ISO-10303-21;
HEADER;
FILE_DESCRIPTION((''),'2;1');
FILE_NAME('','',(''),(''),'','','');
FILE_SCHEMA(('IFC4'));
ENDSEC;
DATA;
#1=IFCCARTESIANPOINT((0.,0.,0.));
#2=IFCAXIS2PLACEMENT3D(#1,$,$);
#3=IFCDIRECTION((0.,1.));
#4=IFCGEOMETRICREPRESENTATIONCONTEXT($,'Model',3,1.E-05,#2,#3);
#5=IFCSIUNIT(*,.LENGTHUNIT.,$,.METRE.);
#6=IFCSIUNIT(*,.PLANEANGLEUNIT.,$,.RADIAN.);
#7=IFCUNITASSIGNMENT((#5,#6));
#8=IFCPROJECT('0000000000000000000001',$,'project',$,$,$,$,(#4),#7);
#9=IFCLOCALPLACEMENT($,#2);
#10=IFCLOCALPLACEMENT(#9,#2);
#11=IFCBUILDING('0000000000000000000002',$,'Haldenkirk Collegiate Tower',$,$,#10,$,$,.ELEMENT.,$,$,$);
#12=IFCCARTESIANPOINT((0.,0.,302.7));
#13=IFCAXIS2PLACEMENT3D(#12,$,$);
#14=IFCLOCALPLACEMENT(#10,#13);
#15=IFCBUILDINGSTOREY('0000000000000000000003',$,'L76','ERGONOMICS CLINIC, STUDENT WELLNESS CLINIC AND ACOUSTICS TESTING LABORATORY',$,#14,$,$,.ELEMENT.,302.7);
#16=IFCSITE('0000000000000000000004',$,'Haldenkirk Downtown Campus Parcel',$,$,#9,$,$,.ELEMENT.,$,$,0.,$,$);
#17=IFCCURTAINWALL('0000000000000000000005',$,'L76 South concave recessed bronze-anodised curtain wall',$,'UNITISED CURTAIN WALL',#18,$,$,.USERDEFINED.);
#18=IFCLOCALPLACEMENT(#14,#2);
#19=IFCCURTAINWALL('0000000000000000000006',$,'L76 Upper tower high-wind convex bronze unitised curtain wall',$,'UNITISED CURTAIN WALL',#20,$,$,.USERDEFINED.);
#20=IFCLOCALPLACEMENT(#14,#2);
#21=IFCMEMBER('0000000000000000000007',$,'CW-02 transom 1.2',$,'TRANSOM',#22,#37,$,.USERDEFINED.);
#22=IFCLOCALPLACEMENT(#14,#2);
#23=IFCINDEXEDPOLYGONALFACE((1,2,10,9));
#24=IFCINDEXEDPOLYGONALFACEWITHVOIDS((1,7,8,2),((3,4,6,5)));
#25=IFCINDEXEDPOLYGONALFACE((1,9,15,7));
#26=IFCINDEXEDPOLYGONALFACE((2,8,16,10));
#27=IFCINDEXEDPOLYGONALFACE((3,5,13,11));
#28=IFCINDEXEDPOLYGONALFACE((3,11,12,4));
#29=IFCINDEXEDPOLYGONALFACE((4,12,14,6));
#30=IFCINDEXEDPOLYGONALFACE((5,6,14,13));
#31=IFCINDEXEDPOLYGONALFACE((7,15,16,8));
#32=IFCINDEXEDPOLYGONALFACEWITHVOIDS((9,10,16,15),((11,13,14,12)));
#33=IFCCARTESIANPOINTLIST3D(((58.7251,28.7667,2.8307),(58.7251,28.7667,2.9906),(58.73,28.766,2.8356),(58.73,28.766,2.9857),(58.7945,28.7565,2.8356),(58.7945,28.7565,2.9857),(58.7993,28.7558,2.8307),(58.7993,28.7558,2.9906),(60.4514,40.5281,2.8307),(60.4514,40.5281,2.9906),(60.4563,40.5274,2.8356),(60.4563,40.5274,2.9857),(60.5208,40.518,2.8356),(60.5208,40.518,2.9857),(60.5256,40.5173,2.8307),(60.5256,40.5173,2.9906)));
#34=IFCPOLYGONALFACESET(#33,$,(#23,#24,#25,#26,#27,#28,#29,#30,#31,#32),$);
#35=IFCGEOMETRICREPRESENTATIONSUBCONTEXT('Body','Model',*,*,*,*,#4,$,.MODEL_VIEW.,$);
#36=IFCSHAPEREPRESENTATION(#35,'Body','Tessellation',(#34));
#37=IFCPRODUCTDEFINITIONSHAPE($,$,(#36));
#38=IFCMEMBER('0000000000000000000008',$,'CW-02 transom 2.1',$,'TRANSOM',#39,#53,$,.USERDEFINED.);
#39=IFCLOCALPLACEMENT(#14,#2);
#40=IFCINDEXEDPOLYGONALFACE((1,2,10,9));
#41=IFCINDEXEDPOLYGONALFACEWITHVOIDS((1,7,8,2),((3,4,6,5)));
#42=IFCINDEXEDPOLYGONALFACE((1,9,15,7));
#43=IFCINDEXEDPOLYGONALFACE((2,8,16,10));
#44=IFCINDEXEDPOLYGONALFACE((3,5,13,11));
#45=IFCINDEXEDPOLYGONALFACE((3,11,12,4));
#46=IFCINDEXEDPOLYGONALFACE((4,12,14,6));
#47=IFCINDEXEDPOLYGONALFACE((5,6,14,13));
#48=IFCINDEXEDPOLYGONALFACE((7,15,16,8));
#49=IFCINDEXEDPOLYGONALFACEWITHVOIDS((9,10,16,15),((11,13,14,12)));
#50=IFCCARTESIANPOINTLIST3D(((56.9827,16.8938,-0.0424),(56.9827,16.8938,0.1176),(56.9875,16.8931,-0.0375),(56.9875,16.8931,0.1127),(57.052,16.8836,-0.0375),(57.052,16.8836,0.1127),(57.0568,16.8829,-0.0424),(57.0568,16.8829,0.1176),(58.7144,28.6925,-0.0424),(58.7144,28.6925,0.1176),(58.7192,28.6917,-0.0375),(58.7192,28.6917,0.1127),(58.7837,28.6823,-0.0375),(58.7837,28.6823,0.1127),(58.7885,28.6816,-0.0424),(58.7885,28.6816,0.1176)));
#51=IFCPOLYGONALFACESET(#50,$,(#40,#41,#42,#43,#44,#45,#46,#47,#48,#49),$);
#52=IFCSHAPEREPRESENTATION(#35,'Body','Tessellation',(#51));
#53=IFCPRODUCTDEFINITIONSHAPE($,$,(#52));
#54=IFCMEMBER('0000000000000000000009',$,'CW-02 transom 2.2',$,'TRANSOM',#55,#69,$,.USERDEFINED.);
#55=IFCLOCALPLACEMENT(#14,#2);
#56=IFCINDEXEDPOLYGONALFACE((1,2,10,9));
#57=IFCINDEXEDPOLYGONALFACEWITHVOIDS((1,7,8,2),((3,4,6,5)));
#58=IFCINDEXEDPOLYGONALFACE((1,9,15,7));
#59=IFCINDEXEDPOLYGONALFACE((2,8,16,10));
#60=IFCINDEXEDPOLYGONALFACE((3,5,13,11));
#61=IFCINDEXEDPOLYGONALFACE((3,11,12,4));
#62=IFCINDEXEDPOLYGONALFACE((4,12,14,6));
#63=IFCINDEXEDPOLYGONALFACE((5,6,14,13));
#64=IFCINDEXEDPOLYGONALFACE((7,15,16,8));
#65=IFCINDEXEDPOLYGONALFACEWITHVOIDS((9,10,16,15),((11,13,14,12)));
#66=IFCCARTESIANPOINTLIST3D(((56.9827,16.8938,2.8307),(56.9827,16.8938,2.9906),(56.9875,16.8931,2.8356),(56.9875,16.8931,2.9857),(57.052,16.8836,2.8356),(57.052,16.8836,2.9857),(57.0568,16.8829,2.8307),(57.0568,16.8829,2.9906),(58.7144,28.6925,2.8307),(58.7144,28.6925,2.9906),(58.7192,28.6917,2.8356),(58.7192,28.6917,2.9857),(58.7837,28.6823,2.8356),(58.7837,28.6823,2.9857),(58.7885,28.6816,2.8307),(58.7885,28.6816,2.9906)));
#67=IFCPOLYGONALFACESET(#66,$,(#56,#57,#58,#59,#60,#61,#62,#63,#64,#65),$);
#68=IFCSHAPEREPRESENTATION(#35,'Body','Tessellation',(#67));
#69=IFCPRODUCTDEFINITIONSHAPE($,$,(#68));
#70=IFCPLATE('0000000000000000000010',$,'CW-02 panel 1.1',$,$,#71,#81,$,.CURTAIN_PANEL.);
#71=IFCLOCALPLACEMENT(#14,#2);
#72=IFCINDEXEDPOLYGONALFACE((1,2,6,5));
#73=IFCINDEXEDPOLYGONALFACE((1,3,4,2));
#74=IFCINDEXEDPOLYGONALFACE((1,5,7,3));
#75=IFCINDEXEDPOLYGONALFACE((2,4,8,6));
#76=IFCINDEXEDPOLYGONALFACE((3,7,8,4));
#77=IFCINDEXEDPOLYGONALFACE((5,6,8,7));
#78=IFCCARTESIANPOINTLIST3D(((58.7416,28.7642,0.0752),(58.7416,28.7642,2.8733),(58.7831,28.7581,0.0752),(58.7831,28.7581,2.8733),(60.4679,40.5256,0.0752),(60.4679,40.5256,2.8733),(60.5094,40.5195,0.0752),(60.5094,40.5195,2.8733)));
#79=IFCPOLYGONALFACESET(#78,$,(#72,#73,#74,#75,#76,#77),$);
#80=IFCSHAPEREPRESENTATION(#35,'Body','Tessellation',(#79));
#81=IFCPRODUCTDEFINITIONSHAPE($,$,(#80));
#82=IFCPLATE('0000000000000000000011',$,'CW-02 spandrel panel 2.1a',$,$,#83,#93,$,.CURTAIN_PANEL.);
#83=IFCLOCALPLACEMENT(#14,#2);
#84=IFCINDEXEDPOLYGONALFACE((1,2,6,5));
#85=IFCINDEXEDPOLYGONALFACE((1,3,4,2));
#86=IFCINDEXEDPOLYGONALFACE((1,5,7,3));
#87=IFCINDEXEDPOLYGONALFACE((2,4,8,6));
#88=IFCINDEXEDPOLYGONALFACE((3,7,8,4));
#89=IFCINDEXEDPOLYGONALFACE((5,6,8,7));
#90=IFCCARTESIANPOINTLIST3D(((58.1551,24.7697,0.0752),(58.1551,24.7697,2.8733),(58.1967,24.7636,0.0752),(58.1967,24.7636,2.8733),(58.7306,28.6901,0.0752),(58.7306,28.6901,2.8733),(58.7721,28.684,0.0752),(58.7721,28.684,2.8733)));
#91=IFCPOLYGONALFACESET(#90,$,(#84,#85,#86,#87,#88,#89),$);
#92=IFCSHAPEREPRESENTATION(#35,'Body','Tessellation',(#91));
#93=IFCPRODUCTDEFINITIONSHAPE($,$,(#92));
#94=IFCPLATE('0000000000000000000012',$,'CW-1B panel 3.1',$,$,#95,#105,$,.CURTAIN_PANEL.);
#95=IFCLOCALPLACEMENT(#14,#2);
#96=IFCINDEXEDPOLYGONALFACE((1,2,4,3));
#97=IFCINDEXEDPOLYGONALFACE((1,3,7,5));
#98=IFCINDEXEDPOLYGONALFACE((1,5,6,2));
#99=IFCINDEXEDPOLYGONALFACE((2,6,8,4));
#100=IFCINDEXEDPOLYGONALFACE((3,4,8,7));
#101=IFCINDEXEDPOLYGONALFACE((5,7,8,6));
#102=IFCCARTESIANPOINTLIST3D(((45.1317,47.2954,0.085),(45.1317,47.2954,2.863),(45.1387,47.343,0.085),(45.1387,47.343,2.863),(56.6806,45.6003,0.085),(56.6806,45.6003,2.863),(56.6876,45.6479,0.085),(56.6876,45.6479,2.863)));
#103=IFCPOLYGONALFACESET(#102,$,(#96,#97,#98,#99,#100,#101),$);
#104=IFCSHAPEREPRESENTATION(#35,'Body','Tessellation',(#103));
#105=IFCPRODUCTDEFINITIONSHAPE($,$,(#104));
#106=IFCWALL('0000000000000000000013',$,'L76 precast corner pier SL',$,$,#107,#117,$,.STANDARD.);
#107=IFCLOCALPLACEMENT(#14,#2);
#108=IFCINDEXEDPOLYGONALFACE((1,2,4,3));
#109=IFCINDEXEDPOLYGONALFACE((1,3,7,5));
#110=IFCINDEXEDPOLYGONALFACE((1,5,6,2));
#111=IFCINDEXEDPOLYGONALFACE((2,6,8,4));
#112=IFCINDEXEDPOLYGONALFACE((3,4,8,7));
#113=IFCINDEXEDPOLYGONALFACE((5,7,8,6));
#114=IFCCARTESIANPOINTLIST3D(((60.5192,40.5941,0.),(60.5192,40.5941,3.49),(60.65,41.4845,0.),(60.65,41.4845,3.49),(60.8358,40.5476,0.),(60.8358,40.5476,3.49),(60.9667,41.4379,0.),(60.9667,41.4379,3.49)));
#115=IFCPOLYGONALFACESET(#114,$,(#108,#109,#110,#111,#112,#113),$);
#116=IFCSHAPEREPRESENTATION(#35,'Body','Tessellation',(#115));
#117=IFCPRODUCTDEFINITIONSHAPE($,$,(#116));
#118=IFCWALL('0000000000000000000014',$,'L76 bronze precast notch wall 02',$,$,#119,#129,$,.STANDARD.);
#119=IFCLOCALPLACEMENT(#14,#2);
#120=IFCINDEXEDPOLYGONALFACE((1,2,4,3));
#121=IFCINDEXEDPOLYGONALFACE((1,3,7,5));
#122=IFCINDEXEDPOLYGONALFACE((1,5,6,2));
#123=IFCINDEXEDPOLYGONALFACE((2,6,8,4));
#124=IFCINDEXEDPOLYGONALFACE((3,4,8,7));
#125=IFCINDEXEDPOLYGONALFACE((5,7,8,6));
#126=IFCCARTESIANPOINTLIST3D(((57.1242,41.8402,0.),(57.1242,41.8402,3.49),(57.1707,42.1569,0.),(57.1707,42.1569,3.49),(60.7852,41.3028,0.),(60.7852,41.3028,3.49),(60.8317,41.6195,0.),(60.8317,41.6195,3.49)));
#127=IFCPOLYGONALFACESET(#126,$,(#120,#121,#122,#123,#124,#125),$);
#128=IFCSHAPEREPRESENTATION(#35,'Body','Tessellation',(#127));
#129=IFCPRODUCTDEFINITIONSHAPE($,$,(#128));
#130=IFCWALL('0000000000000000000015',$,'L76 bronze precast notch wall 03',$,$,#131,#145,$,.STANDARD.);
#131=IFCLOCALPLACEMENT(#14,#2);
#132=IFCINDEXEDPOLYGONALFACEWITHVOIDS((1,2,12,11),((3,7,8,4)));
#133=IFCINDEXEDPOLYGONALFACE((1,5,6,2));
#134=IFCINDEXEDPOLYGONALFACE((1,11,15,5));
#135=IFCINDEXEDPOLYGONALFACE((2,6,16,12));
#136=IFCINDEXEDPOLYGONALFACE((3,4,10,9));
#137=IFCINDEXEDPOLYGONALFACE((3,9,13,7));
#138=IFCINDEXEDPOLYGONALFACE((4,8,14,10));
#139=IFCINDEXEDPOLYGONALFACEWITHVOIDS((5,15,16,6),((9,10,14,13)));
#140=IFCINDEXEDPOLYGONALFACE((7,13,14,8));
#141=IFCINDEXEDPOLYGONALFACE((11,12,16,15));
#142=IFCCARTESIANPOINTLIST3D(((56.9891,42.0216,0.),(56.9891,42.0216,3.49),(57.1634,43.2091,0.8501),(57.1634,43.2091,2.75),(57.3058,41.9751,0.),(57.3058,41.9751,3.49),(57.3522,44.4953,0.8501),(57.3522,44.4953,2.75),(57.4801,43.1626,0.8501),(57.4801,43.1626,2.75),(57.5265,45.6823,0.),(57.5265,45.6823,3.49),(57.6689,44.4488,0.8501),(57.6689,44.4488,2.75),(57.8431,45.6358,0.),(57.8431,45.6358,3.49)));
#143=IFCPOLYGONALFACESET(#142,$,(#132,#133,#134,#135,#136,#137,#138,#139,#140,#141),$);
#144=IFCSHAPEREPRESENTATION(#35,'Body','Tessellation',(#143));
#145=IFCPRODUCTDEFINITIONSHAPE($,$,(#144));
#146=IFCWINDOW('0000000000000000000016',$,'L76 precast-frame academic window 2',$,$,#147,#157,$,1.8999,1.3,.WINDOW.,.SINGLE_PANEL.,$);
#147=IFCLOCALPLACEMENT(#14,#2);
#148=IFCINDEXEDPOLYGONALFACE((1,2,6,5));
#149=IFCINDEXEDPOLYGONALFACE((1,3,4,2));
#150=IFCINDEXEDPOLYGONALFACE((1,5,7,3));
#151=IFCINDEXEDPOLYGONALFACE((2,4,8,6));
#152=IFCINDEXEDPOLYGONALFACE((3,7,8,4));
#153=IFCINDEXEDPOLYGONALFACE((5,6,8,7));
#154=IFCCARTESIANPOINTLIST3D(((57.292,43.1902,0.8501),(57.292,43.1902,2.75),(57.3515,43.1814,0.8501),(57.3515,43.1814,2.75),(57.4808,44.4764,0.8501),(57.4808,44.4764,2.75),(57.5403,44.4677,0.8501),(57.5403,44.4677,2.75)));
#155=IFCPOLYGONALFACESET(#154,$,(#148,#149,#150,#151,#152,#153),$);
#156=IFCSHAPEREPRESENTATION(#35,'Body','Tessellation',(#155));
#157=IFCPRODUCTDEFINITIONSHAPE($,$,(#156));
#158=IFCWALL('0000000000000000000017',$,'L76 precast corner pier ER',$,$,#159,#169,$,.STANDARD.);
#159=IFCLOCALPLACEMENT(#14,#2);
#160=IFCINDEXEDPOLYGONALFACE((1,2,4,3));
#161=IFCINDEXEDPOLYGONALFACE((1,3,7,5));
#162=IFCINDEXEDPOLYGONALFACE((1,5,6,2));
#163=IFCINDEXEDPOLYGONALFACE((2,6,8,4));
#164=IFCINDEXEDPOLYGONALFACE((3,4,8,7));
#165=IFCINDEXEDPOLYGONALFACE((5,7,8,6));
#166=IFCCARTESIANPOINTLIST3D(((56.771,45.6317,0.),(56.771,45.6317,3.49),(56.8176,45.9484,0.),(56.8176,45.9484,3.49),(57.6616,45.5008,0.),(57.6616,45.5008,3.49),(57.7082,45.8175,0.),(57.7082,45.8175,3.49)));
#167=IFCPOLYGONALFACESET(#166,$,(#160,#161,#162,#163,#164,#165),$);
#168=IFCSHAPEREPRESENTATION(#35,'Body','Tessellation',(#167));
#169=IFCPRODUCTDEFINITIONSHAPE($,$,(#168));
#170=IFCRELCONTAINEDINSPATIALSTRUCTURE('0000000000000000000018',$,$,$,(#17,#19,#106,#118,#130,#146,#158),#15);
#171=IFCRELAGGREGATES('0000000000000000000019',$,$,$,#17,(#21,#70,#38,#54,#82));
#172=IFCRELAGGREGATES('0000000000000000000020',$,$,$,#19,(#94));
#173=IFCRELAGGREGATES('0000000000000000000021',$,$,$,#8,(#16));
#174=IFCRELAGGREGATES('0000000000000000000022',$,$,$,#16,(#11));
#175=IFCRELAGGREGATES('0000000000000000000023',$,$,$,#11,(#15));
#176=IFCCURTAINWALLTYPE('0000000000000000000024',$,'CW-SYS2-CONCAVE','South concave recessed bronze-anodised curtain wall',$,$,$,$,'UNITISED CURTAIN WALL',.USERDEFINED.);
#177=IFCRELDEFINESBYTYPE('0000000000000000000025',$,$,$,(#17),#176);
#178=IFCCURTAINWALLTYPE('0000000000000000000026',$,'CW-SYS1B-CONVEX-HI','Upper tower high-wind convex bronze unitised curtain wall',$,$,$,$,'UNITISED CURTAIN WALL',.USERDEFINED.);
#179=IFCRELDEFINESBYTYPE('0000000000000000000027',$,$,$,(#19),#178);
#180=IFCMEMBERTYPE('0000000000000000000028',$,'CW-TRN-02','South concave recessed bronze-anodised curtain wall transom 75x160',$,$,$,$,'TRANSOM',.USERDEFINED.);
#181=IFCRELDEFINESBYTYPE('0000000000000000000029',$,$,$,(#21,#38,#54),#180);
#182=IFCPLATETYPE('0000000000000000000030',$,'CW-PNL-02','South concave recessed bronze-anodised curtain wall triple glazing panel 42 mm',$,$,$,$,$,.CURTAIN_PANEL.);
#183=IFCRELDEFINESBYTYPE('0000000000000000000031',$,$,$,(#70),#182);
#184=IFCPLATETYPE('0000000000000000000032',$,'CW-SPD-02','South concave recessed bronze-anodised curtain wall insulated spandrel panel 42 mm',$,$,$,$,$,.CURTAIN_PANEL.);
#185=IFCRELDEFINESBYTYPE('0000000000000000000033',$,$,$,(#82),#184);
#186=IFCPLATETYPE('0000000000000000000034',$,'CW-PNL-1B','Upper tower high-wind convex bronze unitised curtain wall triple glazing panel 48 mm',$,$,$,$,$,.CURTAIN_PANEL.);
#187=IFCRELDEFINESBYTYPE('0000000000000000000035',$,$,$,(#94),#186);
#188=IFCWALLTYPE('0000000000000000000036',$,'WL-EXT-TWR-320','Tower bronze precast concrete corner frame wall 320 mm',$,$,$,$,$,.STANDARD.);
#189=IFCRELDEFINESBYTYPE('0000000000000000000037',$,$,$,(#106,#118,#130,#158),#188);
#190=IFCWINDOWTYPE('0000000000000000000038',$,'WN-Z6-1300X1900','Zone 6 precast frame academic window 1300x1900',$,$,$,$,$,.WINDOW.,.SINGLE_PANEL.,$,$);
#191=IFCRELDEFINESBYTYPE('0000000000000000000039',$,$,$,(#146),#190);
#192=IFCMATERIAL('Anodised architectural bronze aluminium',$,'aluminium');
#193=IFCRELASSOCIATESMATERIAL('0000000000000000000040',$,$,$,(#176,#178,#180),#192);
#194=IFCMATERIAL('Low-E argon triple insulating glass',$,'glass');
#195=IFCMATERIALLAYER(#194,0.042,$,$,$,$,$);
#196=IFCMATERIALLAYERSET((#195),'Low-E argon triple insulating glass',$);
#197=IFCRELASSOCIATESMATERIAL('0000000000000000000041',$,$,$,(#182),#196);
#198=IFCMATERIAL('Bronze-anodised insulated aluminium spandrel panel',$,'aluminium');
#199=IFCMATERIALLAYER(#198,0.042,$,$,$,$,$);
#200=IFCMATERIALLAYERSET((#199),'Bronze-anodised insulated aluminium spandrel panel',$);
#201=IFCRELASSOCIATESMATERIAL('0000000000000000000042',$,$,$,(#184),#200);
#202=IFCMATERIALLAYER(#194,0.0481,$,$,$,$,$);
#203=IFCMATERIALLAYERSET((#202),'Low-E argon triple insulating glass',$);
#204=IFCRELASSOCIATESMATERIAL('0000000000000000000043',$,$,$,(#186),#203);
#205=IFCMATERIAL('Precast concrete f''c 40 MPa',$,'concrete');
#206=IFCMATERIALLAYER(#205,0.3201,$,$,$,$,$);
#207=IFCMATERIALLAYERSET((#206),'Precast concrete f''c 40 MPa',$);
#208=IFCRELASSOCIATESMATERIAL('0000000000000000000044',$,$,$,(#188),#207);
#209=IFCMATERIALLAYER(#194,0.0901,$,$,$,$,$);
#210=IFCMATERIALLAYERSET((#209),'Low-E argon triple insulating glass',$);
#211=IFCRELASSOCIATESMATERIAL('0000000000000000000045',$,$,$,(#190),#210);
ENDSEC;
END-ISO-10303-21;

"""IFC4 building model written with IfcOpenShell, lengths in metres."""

from ifc_helpers import new_model, si_unit, direction, frame, frame_2d, origin, origin_2d, place, context, subcontext, project, spatial, rectangle, hollow_rectangle, extrude, source, transform, mapped, material, layer, layer_set, material_profile, profile_set, type_object, element, fill, aggregate, save


model = new_model("IFC4")

# Units and contexts
model_context = context("Model", 3, precision=1e-05, world=origin(), true_north=direction((0.0, 1.0)))
body_context = subcontext(model_context, "Body", "Model", "MODEL_VIEW")
ifc_project = project(units=[si_unit("LENGTHUNIT", "METRE"), si_unit("PLANEANGLEUNIT", "RADIAN")], contexts=[model_context])

# Site, building, storey
site_placement = place(None, origin())
site = spatial("IfcSite", under=ifc_project, at=site_placement, Name="Haldenkirk Downtown Campus Parcel", CompositionType="ELEMENT", RefElevation=0.0)
building_placement = place(site_placement, origin())
building = spatial("IfcBuilding", under=site, at=building_placement, Name="Haldenkirk Collegiate Tower", CompositionType="ELEMENT")
storey_placement = place(building_placement, frame((0.0, 0.0, 302.7)))
storey = spatial("IfcBuildingStorey", under=building, at=storey_placement, Name="L76", Description="ERGONOMICS CLINIC, STUDENT WELLNESS CLINIC AND ACOUSTICS TESTING LABORATORY", CompositionType="ELEMENT", Elevation=302.7)

# Curtain wall
ifc_material_1 = material(Name="Anodised architectural bronze aluminium", Category="aluminium")
curtain_wall_type_1 = type_object("IfcCurtainWallType", Name="CW-SYS2-CONCAVE", Description="South concave recessed bronze-anodised curtain wall", ElementType="UNITISED CURTAIN WALL", PredefinedType="USERDEFINED", material=ifc_material_1)
curtain_wall_1_placement = place(storey_placement, origin())
curtain_wall_1 = element("IfcCurtainWall", 1, at=curtain_wall_1_placement, inside=storey, type_object=curtain_wall_type_1, Name="L76 South concave recessed bronze-anodised curtain wall", ObjectType="UNITISED CURTAIN WALL", PredefinedType="USERDEFINED")

# Curtain wall
curtain_wall_type_2 = type_object("IfcCurtainWallType", Name="CW-SYS1B-CONVEX-HI", Description="Upper tower high-wind convex bronze unitised curtain wall", ElementType="UNITISED CURTAIN WALL", PredefinedType="USERDEFINED", material=ifc_material_1)
curtain_wall_2_placement = place(storey_placement, origin())
curtain_wall_2 = element("IfcCurtainWall", 2, at=curtain_wall_2_placement, inside=storey, type_object=curtain_wall_type_2, Name="L76 Upper tower high-wind convex bronze unitised curtain wall", ObjectType="UNITISED CURTAIN WALL", PredefinedType="USERDEFINED")

# Members
ifc_material_profile_1 = material_profile(ifc_material_1, hollow_rectangle(XDim=0.075, YDim=0.1599, WallThickness=0.0049, at=origin_2d()), Name="CW-TRN-02")
ifc_profile_set_1 = profile_set([ifc_material_profile_1], Name="Anodised architectural bronze aluminium")
member_type_1 = type_object("IfcMemberType", Name="CW-TRN-02", Description="South concave recessed bronze-anodised curtain wall transom 75x160", ElementType="TRANSOM", PredefinedType="USERDEFINED", material=ifc_profile_set_1)
member_1_placement = place(storey_placement, frame((60.4885, 40.5227, 2.9106), z_axis=(-0.145221, -0.989399, 0.0), x_axis=(0.989399, -0.145221, 0.0)))
member_1 = element("IfcMember", 3, at=member_1_placement, type_object=member_type_1, Name="CW-02 transom 1.2", ObjectType="TRANSOM", PredefinedType="USERDEFINED", context=body_context, shape_type="SweptSolid", body=[
    extrude(hollow_rectangle(XDim=0.075, YDim=0.1599, WallThickness=0.0049, at=origin_2d()), origin(), (0.0, 0.0, 1.0), 11.8875),
])
member_2_placement = place(storey_placement, frame((58.7515, 28.687, 0.0376), z_axis=(-0.145215, -0.9894, 0.0), x_axis=(0.9894, -0.145215, 0.0)))
member_2 = element("IfcMember", 4, at=member_2_placement, type_object=member_type_1, Name="CW-02 transom 2.1", ObjectType="TRANSOM", PredefinedType="USERDEFINED", context=body_context, shape_type="SweptSolid", body=[
    extrude(hollow_rectangle(XDim=0.075, YDim=0.1599, WallThickness=0.0049, at=origin_2d()), origin(), (0.0, 0.0, 1.0), 11.925),
])
member_3_placement = place(storey_placement, frame((58.7515, 28.687, 2.9106), z_axis=(-0.145215, -0.9894, 0.0), x_axis=(0.9894, -0.145215, 0.0)))
member_3 = element("IfcMember", 5, at=member_3_placement, type_object=member_type_1, Name="CW-02 transom 2.2", ObjectType="TRANSOM", PredefinedType="USERDEFINED", context=body_context, shape_type="SweptSolid", body=[
    extrude(hollow_rectangle(XDim=0.075, YDim=0.1599, WallThickness=0.0049, at=origin_2d()), origin(), (0.0, 0.0, 1.0), 11.925),
])

# Plates
ifc_material_2 = material(Name="Low-E argon triple insulating glass", Category="glass")
ifc_layer_1 = layer(ifc_material_2, 0.042)
ifc_layer_set_1 = layer_set([ifc_layer_1], Name="Low-E argon triple insulating glass")
plate_type_1 = type_object("IfcPlateType", Name="CW-PNL-02", Description="South concave recessed bronze-anodised curtain wall triple glazing panel 42 mm", PredefinedType="CURTAIN_PANEL", material=ifc_layer_set_1)
shared_shape_1 = source(origin(), body_context, "Body", "SweptSolid", [
    extrude(rectangle(XDim=11.8875, YDim=0.042, at=origin_2d()), origin(), (0.0, 0.0, 1.0), 2.7981),
])
plate_1_placement = place(storey_placement, frame((59.6255, 34.6418, 0.0752), z_axis=(0.0, 0.0, 1.0), x_axis=(-0.14522, -0.989399, 0.0)))
plate_1 = element("IfcPlate", 6, at=plate_1_placement, type_object=plate_type_1, Name="CW-02 panel 1.1", PredefinedType="CURTAIN_PANEL", context=body_context, shape_type="MappedRepresentation", body=[
    mapped(shared_shape_1, transform((0.0, 0.0, 0.0), x_axis=(1.0, 0.0, 0.0), y_axis=(0.0, 1.0, 0.0), z_axis=(0.0, 0.0, 1.0), scale=1.0)),
])
ifc_material_3 = material(Name="Bronze-anodised insulated aluminium spandrel panel", Category="aluminium")
ifc_layer_2 = layer(ifc_material_3, 0.042)
ifc_layer_set_2 = layer_set([ifc_layer_2], Name="Bronze-anodised insulated aluminium spandrel panel")
plate_type_2 = type_object("IfcPlateType", Name="CW-SPD-02", Description="South concave recessed bronze-anodised curtain wall insulated spandrel panel 42 mm", PredefinedType="CURTAIN_PANEL", material=ifc_layer_set_2)
shared_shape_2 = source(origin(), body_context, "Body", "SweptSolid", [
    extrude(rectangle(XDim=3.9624, YDim=0.042, at=origin_2d()), origin(), (0.0, 0.0, 1.0), 2.7981),
])
plate_2_placement = place(storey_placement, frame((58.4636, 26.7268, 0.0752), z_axis=(0.0, 0.0, 1.0), x_axis=(-0.14522, -0.989399, 0.0)))
plate_2 = element("IfcPlate", 7, at=plate_2_placement, type_object=plate_type_2, Name="CW-02 spandrel panel 2.1a", PredefinedType="CURTAIN_PANEL", context=body_context, shape_type="MappedRepresentation", body=[
    mapped(shared_shape_2, transform((0.0, 0.0, 0.0), x_axis=(1.0, 0.0, 0.0), y_axis=(0.0, 1.0, 0.0), z_axis=(0.0, 0.0, 1.0), scale=1.0)),
])
aggregate(curtain_wall_1, [member_1, plate_1, member_2, member_3, plate_2])
ifc_layer_3 = layer(ifc_material_2, 0.0481)
ifc_layer_set_3 = layer_set([ifc_layer_3], Name="Low-E argon triple insulating glass")
plate_type_3 = type_object("IfcPlateType", Name="CW-PNL-1B", Description="Upper tower high-wind convex bronze unitised curtain wall triple glazing panel 48 mm", PredefinedType="CURTAIN_PANEL", material=ifc_layer_set_3)
shared_shape_3 = source(origin(), body_context, "Body", "SweptSolid", [
    extrude(rectangle(XDim=11.6726, YDim=0.0481, at=origin_2d()), origin(), (0.0, 0.0, 1.0), 2.7781),
])
plate_3_placement = place(storey_placement, frame((50.9097, 46.4717, 0.085), z_axis=(0.0, 0.0, 1.0), x_axis=(0.989399, -0.14522, 0.0)))
plate_3 = element("IfcPlate", 8, at=plate_3_placement, type_object=plate_type_3, Name="CW-1B panel 3.1", PredefinedType="CURTAIN_PANEL", context=body_context, shape_type="MappedRepresentation", body=[
    mapped(shared_shape_3, transform((0.0, 0.0, 0.0), x_axis=(1.0, 0.0, 0.0), y_axis=(0.0, 1.0, 0.0), z_axis=(0.0, 0.0, 1.0), scale=1.0)),
])
aggregate(curtain_wall_2, [plate_3])

# Walls
ifc_material_4 = material(Name="Precast concrete f'c 40 MPa", Category="concrete")
ifc_layer_4 = layer(ifc_material_4, 0.3201)
ifc_layer_set_4 = layer_set([ifc_layer_4], Name="Precast concrete f'c 40 MPa")
wall_type_1 = type_object("IfcWallType", Name="WL-EXT-TWR-320", Description="Tower bronze precast concrete corner frame wall 320 mm", PredefinedType="STANDARD", material=ifc_layer_set_4)
wall_1_placement = place(storey_placement, frame((60.8083, 41.4612, 0.0), z_axis=(0.0, 0.0, 1.0), x_axis=(-0.145408, -0.989372, 0.0)))
element("IfcWall", 9, at=wall_1_placement, inside=storey, type_object=wall_type_1, Name="L76 precast corner pier SL", PredefinedType="STANDARD", context=body_context, shape_type="SweptSolid", body=[
    extrude(rectangle(XDim=0.8999, YDim=0.3201, at=frame_2d((0.45, 0.0))), origin(), (0.0, 0.0, 1.0), 3.49),
])
wall_2_placement = place(storey_placement, frame((57.1475, 41.9985, 0.0), z_axis=(0.0, 0.0, 1.0), x_axis=(0.989398, -0.145226, 0.0)))
element("IfcWall", 10, at=wall_2_placement, inside=storey, type_object=wall_type_1, Name="L76 bronze precast notch wall 02", PredefinedType="STANDARD", context=body_context, shape_type="SweptSolid", body=[
    extrude(rectangle(XDim=3.7002, YDim=0.3201, at=frame_2d((1.8501, 0.0))), origin(), (0.0, 0.0, 1.0), 3.49),
])

# Wall, opening, window
wall_3_placement = place(storey_placement, frame((57.6848, 45.6592, 0.0), z_axis=(0.0, 0.0, 1.0), x_axis=(-0.145236, -0.989397, 0.0)))
wall_3 = element("IfcWall", 11, at=wall_3_placement, inside=storey, type_object=wall_type_1, Name="L76 bronze precast notch wall 03", PredefinedType="STANDARD", context=body_context, shape_type="SweptSolid", body=[
    extrude(rectangle(XDim=3.7, YDim=0.3201, at=frame_2d((1.8501, 0.0))), origin(), (0.0, 0.0, 1.0), 3.49),
])
opening_placement = place(wall_3_placement, frame((1.2, 0.0, 0.8501)))
opening = element("IfcOpeningElement", 12, at=opening_placement, cuts=wall_3, PredefinedType="OPENING", context=body_context, shape_type="SweptSolid", body=[
    extrude(rectangle(XDim=1.3, YDim=1.8999, at=frame_2d((0.6499, 0.95))), frame((0.0, 0.1699, 0.0), z_axis=(0.0, -1.0, 0.0), x_axis=(1.0, 0.0, 0.0)), (0.0, 0.0, 1.0), 0.3401),
])
ifc_layer_5 = layer(ifc_material_2, 0.0901)
ifc_layer_set_5 = layer_set([ifc_layer_5], Name="Low-E argon triple insulating glass")
window_type = type_object("IfcWindowType", Name="WN-Z6-1300X1900", Description="Zone 6 precast frame academic window 1300x1900", PartitioningType="SINGLE_PANEL", PredefinedType="WINDOW", material=ifc_layer_set_5)
window_placement = place(opening_placement, origin())
window = element("IfcWindow", 13, at=window_placement, inside=storey, type_object=window_type, Name="L76 precast-frame academic window 2", OverallHeight=1.8999, OverallWidth=1.3, PartitioningType="SINGLE_PANEL", PredefinedType="WINDOW", context=body_context, shape_type="SweptSolid", body=[
    extrude(rectangle(XDim=1.3, YDim=1.8999, at=frame_2d((0.6499, 0.95))), frame((0.0, 0.03, 0.0), z_axis=(0.0, -1.0, 0.0), x_axis=(1.0, 0.0, 0.0)), (0.0, 0.0, 1.0), 0.0601),
])
fill(opening, window)

# Wall
wall_4_placement = place(storey_placement, frame((56.7942, 45.79, 0.0), z_axis=(0.0, 0.0, 1.0), x_axis=(0.989377, -0.145369, 0.0)))
element("IfcWall", 14, at=wall_4_placement, inside=storey, type_object=wall_type_1, Name="L76 precast corner pier ER", PredefinedType="STANDARD", context=body_context, shape_type="SweptSolid", body=[
    extrude(rectangle(XDim=0.9001, YDim=0.3201, at=frame_2d((0.4502, 0.0))), origin(), (0.0, 0.0, 1.0), 3.49),
])

save(model, "model.ifc")
